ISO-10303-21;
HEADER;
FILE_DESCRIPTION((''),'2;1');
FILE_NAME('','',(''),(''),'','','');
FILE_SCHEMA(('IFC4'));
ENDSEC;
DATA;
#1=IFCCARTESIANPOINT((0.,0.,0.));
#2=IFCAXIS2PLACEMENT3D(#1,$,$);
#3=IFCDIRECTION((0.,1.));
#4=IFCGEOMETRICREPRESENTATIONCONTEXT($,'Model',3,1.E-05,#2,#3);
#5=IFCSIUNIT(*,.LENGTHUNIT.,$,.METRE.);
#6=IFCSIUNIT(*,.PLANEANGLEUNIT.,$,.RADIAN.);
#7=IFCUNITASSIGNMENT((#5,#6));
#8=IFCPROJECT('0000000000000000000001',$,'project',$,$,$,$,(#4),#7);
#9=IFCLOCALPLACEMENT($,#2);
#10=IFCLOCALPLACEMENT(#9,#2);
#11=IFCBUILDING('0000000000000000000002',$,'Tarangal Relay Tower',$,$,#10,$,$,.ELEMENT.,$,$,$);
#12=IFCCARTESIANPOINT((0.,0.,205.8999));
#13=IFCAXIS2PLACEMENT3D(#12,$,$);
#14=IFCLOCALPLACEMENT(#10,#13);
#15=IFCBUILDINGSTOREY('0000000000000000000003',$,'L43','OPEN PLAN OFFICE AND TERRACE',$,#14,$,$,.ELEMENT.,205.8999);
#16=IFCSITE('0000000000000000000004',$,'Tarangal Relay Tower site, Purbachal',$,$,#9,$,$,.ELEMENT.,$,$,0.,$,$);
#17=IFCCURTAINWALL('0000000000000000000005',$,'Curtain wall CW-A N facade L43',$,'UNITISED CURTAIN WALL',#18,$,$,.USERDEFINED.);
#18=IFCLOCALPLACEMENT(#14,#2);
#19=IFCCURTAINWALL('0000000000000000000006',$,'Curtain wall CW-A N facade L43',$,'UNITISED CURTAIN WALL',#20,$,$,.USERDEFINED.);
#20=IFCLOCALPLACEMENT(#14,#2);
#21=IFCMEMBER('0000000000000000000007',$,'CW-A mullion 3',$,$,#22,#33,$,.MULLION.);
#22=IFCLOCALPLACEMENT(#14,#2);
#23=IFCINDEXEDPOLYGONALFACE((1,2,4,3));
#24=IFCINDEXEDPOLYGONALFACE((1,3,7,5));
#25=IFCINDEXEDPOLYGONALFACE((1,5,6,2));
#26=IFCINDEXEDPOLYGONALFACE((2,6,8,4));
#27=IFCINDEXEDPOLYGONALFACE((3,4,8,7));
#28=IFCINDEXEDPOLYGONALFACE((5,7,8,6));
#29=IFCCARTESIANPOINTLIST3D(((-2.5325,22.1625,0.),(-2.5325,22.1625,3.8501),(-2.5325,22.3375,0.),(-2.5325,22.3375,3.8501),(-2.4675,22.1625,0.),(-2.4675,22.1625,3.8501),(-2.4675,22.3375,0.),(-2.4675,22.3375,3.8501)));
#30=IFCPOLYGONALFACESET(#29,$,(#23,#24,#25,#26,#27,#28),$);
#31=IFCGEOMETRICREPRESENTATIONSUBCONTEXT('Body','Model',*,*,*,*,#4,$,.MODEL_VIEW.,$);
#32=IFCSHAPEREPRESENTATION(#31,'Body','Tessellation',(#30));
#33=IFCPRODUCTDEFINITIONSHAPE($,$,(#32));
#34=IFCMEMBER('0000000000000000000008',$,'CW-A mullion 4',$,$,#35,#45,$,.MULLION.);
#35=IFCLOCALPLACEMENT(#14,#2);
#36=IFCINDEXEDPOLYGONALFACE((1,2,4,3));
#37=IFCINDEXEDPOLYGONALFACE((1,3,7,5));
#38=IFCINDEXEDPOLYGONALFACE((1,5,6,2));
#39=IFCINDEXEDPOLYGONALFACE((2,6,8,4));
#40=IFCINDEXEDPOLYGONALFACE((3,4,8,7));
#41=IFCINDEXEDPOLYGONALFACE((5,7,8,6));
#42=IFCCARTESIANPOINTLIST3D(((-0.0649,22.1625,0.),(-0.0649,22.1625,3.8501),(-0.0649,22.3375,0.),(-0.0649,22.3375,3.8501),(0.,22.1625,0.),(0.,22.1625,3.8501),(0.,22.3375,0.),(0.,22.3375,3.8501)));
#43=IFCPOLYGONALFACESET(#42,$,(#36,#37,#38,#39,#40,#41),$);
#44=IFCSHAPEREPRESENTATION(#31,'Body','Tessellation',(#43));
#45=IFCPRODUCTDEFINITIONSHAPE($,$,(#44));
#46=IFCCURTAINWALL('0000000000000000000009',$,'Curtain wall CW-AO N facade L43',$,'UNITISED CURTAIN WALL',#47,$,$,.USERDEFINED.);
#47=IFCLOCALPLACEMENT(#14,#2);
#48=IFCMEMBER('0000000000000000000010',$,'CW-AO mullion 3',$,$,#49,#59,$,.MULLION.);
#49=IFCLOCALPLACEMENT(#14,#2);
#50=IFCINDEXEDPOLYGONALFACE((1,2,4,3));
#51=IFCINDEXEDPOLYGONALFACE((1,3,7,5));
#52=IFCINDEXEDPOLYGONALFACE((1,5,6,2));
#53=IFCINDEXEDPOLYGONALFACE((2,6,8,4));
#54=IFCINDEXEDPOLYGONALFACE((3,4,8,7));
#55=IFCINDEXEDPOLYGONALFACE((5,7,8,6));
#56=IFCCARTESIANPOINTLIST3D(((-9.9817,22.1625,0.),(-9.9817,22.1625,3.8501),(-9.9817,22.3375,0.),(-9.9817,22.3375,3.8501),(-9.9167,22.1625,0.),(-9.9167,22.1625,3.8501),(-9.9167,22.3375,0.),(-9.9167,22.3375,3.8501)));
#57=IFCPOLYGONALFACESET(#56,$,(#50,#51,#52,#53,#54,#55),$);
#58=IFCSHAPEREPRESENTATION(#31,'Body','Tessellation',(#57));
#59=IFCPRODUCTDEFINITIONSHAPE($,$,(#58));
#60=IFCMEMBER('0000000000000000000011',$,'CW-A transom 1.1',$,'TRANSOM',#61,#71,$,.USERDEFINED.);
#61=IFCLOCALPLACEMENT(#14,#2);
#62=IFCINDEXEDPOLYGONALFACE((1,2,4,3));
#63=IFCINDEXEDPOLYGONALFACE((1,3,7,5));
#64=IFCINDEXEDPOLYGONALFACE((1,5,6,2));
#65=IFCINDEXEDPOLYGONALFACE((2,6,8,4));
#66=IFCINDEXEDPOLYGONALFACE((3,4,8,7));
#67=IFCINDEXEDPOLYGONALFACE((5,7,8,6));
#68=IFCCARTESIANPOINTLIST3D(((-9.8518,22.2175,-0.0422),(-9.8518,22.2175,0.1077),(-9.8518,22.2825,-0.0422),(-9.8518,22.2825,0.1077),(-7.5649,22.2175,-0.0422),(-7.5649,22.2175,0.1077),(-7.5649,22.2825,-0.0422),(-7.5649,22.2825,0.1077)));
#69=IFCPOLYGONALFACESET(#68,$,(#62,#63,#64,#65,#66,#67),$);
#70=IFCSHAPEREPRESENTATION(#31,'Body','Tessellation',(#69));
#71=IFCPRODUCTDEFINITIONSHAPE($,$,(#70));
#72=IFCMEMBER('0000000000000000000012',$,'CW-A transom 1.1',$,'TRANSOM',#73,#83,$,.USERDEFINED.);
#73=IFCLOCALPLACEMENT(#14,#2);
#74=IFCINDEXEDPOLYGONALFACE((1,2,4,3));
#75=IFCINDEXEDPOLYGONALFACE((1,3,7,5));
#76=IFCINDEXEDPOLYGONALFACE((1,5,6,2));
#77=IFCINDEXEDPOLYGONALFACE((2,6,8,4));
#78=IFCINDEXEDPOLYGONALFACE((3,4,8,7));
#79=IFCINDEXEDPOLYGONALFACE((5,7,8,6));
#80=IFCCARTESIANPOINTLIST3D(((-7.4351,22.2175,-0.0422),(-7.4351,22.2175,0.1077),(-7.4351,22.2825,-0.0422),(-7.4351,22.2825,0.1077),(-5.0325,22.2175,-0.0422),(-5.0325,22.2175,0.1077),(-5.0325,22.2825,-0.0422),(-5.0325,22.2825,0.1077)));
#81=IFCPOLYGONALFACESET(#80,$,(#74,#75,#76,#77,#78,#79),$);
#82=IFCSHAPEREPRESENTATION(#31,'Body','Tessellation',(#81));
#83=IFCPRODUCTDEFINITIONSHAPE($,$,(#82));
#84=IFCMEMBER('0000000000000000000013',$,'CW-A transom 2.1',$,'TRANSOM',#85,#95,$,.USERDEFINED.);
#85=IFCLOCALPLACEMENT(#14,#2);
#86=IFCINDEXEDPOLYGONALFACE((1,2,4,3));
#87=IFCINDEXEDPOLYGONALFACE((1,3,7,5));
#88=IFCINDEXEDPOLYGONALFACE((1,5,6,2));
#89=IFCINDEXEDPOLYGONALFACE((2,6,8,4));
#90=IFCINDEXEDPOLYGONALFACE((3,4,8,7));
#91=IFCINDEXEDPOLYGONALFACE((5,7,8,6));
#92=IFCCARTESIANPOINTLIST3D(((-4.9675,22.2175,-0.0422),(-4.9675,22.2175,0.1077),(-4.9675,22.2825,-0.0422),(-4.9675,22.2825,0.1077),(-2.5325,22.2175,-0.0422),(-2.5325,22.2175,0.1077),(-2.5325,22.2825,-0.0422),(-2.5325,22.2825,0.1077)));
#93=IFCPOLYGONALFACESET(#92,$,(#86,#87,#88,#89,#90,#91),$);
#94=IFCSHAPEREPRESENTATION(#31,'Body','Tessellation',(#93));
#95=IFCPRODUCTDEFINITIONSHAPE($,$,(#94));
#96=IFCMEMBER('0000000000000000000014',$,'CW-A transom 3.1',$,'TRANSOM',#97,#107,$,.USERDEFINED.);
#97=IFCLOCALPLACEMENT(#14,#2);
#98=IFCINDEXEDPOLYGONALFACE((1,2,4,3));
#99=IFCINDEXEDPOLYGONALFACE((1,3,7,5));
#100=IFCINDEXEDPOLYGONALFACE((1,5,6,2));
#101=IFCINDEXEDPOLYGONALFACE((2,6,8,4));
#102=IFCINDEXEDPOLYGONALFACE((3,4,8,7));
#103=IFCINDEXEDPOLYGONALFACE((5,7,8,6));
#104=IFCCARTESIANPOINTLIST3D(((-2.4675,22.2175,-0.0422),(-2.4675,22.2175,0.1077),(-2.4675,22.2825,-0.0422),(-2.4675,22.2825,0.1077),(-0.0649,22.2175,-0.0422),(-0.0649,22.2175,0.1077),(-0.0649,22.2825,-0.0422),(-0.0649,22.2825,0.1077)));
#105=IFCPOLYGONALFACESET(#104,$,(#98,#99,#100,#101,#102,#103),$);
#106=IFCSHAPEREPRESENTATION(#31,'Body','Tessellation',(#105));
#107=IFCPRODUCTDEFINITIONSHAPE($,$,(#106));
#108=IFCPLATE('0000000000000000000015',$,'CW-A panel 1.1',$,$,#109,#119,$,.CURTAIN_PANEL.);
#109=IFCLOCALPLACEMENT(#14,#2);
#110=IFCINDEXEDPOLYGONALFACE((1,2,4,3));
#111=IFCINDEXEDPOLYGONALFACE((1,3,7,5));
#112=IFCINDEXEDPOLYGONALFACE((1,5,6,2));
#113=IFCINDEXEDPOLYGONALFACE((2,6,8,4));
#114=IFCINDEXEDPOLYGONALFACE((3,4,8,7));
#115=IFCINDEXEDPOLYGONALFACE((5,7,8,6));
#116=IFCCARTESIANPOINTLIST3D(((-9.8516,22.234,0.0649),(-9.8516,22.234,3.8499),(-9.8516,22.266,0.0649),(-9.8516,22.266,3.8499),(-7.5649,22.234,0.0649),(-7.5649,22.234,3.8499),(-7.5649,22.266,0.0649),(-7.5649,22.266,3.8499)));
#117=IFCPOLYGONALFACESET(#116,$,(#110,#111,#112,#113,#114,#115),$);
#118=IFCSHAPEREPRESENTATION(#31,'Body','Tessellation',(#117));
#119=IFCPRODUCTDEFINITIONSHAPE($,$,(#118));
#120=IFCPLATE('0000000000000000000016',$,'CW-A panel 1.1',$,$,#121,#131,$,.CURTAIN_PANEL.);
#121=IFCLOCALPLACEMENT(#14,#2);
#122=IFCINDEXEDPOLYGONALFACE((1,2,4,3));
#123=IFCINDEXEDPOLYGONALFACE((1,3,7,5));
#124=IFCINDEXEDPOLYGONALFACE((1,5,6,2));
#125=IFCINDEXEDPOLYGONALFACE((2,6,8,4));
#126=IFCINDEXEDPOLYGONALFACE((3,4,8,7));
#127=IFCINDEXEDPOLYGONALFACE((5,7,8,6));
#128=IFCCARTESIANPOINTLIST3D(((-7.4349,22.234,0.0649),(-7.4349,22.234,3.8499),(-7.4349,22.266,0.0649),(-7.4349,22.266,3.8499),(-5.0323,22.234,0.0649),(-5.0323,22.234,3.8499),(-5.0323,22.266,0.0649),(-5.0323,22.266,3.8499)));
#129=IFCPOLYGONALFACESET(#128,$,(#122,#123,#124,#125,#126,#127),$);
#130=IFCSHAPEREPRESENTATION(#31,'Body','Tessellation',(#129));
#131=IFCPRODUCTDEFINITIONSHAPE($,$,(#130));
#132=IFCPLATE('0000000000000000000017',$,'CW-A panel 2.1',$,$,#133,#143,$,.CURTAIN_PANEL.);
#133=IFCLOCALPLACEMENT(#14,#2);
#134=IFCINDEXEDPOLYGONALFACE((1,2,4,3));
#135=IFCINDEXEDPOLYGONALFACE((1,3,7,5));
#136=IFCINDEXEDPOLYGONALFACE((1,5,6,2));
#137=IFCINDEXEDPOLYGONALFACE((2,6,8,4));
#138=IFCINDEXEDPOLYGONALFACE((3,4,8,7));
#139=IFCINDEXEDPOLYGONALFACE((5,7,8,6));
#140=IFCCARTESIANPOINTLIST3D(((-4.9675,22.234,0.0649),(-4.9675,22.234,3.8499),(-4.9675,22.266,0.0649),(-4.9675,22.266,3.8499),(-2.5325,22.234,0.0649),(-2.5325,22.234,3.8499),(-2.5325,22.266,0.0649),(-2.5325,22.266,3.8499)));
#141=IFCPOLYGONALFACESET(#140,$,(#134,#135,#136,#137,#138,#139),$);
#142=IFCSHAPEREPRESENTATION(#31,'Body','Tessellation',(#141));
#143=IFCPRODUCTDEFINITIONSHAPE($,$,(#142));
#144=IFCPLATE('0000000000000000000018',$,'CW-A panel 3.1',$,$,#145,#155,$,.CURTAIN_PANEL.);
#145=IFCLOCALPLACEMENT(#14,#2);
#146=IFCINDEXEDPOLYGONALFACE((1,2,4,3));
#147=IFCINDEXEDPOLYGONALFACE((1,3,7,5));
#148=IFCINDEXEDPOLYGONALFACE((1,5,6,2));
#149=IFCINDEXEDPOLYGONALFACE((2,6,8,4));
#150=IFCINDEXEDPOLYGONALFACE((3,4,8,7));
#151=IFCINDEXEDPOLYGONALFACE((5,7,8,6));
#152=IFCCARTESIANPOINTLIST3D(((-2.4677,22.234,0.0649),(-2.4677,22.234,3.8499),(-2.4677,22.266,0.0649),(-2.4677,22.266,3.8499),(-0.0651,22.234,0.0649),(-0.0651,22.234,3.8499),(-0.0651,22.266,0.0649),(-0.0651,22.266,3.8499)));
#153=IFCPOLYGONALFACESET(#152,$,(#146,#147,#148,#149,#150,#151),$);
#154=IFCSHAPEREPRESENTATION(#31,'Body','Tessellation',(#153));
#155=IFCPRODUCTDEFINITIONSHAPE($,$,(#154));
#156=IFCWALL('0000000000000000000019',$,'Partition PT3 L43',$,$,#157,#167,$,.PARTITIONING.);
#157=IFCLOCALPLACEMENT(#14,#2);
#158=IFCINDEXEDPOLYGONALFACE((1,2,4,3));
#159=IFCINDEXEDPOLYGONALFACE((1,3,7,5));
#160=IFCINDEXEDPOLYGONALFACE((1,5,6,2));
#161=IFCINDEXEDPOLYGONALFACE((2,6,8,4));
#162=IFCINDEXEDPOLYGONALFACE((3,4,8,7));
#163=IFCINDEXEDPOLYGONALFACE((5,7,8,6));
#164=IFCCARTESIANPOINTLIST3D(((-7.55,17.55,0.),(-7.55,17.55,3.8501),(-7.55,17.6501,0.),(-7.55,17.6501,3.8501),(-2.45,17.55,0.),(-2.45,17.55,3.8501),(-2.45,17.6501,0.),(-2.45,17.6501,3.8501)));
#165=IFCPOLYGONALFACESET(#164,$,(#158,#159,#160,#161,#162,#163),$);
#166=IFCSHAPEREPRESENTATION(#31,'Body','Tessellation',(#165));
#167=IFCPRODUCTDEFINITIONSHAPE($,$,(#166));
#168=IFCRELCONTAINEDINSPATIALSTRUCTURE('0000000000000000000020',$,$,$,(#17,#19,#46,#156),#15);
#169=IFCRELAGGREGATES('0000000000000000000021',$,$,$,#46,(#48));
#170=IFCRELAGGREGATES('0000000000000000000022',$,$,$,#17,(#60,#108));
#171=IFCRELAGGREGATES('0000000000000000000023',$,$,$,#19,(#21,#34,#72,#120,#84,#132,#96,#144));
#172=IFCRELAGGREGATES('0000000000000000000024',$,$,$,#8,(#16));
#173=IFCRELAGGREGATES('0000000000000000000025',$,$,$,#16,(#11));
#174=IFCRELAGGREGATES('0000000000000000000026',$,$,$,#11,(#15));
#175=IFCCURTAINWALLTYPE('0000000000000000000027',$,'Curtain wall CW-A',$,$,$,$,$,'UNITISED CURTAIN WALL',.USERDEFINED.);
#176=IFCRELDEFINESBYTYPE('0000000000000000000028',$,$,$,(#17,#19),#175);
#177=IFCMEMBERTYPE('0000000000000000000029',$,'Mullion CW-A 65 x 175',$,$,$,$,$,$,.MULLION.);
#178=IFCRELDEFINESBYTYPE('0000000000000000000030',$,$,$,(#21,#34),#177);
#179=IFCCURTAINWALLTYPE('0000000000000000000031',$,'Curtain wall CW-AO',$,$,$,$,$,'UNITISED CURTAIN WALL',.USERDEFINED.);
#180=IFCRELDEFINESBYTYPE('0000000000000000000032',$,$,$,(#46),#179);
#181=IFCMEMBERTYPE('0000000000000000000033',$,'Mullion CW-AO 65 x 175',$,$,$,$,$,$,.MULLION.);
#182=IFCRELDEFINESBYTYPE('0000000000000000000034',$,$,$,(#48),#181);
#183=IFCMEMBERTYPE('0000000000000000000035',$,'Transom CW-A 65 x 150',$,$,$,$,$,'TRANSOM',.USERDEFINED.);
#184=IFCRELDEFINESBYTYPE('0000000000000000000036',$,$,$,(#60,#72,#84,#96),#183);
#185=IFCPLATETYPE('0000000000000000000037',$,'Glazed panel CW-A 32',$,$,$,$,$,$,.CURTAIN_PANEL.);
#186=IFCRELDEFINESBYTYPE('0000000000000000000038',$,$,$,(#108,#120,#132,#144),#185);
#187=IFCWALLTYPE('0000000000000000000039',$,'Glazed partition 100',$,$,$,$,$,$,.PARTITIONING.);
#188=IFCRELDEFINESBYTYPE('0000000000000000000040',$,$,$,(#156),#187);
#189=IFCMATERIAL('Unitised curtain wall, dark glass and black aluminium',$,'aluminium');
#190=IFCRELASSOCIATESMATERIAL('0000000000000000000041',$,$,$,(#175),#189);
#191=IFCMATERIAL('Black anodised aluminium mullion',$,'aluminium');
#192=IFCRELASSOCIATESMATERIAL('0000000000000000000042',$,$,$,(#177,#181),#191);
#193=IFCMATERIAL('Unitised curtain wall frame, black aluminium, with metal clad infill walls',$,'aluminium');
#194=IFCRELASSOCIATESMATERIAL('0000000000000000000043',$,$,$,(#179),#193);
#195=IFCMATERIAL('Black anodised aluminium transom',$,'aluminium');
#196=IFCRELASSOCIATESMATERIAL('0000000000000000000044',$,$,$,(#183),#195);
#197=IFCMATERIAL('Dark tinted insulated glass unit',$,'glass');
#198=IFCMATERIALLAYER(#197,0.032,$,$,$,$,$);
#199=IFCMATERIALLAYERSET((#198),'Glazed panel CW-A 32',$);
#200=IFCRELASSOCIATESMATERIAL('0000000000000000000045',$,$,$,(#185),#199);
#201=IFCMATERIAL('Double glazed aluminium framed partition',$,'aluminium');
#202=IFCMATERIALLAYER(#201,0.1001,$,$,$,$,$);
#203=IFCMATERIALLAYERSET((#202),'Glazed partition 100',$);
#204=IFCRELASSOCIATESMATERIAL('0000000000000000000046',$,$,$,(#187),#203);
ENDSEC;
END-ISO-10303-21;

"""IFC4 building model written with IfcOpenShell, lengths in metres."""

from ifc_helpers import new_model, si_unit, direction, frame, frame_2d, origin, origin_2d, place, context, subcontext, project, spatial, rectangle, extrude, material, layer, layer_set, material_profile, profile_set, type_object, element, aggregate, save


model = new_model("IFC4")

# Units and contexts
model_context = context("Model", 3, precision=1e-05, world=origin(), true_north=direction((0.0, 1.0)))
body_context = subcontext(model_context, "Body", "Model", "MODEL_VIEW")
ifc_project = project(units=[si_unit("LENGTHUNIT", "METRE"), si_unit("PLANEANGLEUNIT", "RADIAN")], contexts=[model_context])

# Site, building, storey
site_placement = place(None, origin())
site = spatial("IfcSite", under=ifc_project, at=site_placement, Name="Tarangal Relay Tower site, Purbachal", CompositionType="ELEMENT", RefElevation=0.0)
building_placement = place(site_placement, origin())
building = spatial("IfcBuilding", under=site, at=building_placement, Name="Tarangal Relay Tower", CompositionType="ELEMENT")
storey_placement = place(building_placement, frame((0.0, 0.0, 205.8999)))
storey = spatial("IfcBuildingStorey", under=building, at=storey_placement, Name="L43", Description="OPEN PLAN OFFICE AND TERRACE", CompositionType="ELEMENT", Elevation=205.8999)

# Curtain walls, members
ifc_material_1 = material(Name="Unitised curtain wall, dark glass and black aluminium", Category="aluminium")
curtain_wall_type_1 = type_object("IfcCurtainWallType", Name="Curtain wall CW-A", ElementType="UNITISED CURTAIN WALL", PredefinedType="USERDEFINED", material=ifc_material_1)
curtain_wall_1_placement = place(storey_placement, origin())
curtain_wall_1 = element("IfcCurtainWall", 1, at=curtain_wall_1_placement, inside=storey, type_object=curtain_wall_type_1, Name="Curtain wall CW-A N facade L43", ObjectType="UNITISED CURTAIN WALL", PredefinedType="USERDEFINED")
ifc_material_2 = material(Name="Black anodised aluminium mullion", Category="aluminium")
ifc_material_profile_1 = material_profile(ifc_material_2, rectangle(XDim=0.175, YDim=0.0649, at=origin_2d()), Name="CW-AM 65X175")
ifc_profile_set_1 = profile_set([ifc_material_profile_1], Name="Black anodised aluminium mullion")
member_type_1 = type_object("IfcMemberType", Name="Mullion CW-A 65 x 175", PredefinedType="MULLION", material=ifc_profile_set_1)
curtain_wall_2_placement = place(storey_placement, origin())
curtain_wall_2 = element("IfcCurtainWall", 2, at=curtain_wall_2_placement, inside=storey, type_object=curtain_wall_type_1, Name="Curtain wall CW-A N facade L43", ObjectType="UNITISED CURTAIN WALL", PredefinedType="USERDEFINED")
member_1_placement = place(storey_placement, frame((-2.5, 22.25, 0.0), z_axis=(0.0, 0.0, 1.0), x_axis=(0.0, 1.0, 0.0)))
member_1 = element("IfcMember", 3, at=member_1_placement, type_object=member_type_1, Name="CW-A mullion 3", PredefinedType="MULLION", context=body_context, shape_type="SweptSolid", body=[
    extrude(rectangle(XDim=0.175, YDim=0.0649, at=origin_2d()), origin(), (0.0, 0.0, 1.0), 3.8501),
])
member_2_placement = place(storey_placement, frame((-0.0325, 22.25, 0.0), z_axis=(0.0, 0.0, 1.0), x_axis=(0.0, 1.0, 0.0)))
member_2 = element("IfcMember", 4, at=member_2_placement, type_object=member_type_1, Name="CW-A mullion 4", PredefinedType="MULLION", context=body_context, shape_type="SweptSolid", body=[
    extrude(rectangle(XDim=0.175, YDim=0.0649, at=origin_2d()), origin(), (0.0, 0.0, 1.0), 3.8501),
])

# Curtain wall, member
ifc_material_3 = material(Name="Unitised curtain wall frame, black aluminium, with metal clad infill walls", Category="aluminium")
curtain_wall_type_2 = type_object("IfcCurtainWallType", Name="Curtain wall CW-AO", ElementType="UNITISED CURTAIN WALL", PredefinedType="USERDEFINED", material=ifc_material_3)
curtain_wall_3_placement = place(storey_placement, origin())
curtain_wall_3 = element("IfcCurtainWall", 5, at=curtain_wall_3_placement, inside=storey, type_object=curtain_wall_type_2, Name="Curtain wall CW-AO N facade L43", ObjectType="UNITISED CURTAIN WALL", PredefinedType="USERDEFINED")
ifc_material_profile_2 = material_profile(ifc_material_2, rectangle(XDim=0.175, YDim=0.0649, at=origin_2d()), Name="CW-AOM 65X175")
ifc_profile_set_2 = profile_set([ifc_material_profile_2], Name="Black anodised aluminium mullion")
member_type_2 = type_object("IfcMemberType", Name="Mullion CW-AO 65 x 175", PredefinedType="MULLION", material=ifc_profile_set_2)
member_3_placement = place(storey_placement, frame((-9.9492, 22.25, 0.0), z_axis=(0.0, 0.0, 1.0), x_axis=(0.0, 1.0, 0.0)))
member_3 = element("IfcMember", 6, at=member_3_placement, type_object=member_type_2, Name="CW-AO mullion 3", PredefinedType="MULLION", context=body_context, shape_type="SweptSolid", body=[
    extrude(rectangle(XDim=0.175, YDim=0.0649, at=origin_2d()), origin(), (0.0, 0.0, 1.0), 3.8501),
])
aggregate(curtain_wall_3, [member_3])

# Members
ifc_material_4 = material(Name="Black anodised aluminium transom", Category="aluminium")
ifc_material_profile_3 = material_profile(ifc_material_4, rectangle(XDim=0.0649, YDim=0.1499, at=origin_2d()), Name="CW-AT 65X150")
ifc_profile_set_3 = profile_set([ifc_material_profile_3], Name="Black anodised aluminium transom")
member_type_3 = type_object("IfcMemberType", Name="Transom CW-A 65 x 150", ElementType="TRANSOM", PredefinedType="USERDEFINED", material=ifc_profile_set_3)
member_4_placement = place(storey_placement, frame((-9.8518, 22.25, 0.0327), z_axis=(1.0, 0.0, 0.0), x_axis=(0.0, 1.0, 0.0)))
member_4 = element("IfcMember", 7, at=member_4_placement, type_object=member_type_3, Name="CW-A transom 1.1", ObjectType="TRANSOM", PredefinedType="USERDEFINED", context=body_context, shape_type="SweptSolid", body=[
    extrude(rectangle(XDim=0.0649, YDim=0.1499, at=origin_2d()), origin(), (0.0, 0.0, 1.0), 2.2869),
])
member_5_placement = place(storey_placement, frame((-7.4351, 22.25, 0.0327), z_axis=(1.0, 0.0, 0.0), x_axis=(0.0, 1.0, 0.0)))
member_5 = element("IfcMember", 8, at=member_5_placement, type_object=member_type_3, Name="CW-A transom 1.1", ObjectType="TRANSOM", PredefinedType="USERDEFINED", context=body_context, shape_type="SweptSolid", body=[
    extrude(rectangle(XDim=0.0649, YDim=0.1499, at=origin_2d()), origin(), (0.0, 0.0, 1.0), 2.4026),
])
member_6_placement = place(storey_placement, frame((-4.9675, 22.25, 0.0327), z_axis=(1.0, 0.0, 0.0), x_axis=(0.0, 1.0, 0.0)))
member_6 = element("IfcMember", 9, at=member_6_placement, type_object=member_type_3, Name="CW-A transom 2.1", ObjectType="TRANSOM", PredefinedType="USERDEFINED", context=body_context, shape_type="SweptSolid", body=[
    extrude(rectangle(XDim=0.0649, YDim=0.1499, at=origin_2d()), origin(), (0.0, 0.0, 1.0), 2.4351),
])
member_7_placement = place(storey_placement, frame((-2.4675, 22.25, 0.0327), z_axis=(1.0, 0.0, 0.0), x_axis=(0.0, 1.0, 0.0)))
member_7 = element("IfcMember", 10, at=member_7_placement, type_object=member_type_3, Name="CW-A transom 3.1", ObjectType="TRANSOM", PredefinedType="USERDEFINED", context=body_context, shape_type="SweptSolid", body=[
    extrude(rectangle(XDim=0.0649, YDim=0.1499, at=origin_2d()), origin(), (0.0, 0.0, 1.0), 2.4026),
])

# Plates
ifc_material_5 = material(Name="Dark tinted insulated glass unit", Category="glass")
ifc_layer_1 = layer(ifc_material_5, 0.032)
ifc_layer_set_1 = layer_set([ifc_layer_1], Name="Glazed panel CW-A 32")
plate_type = type_object("IfcPlateType", Name="Glazed panel CW-A 32", PredefinedType="CURTAIN_PANEL", material=ifc_layer_set_1)
plate_1_placement = place(storey_placement, frame((-8.7083, 22.25, 0.0649), z_axis=(0.0, 0.0, 1.0), x_axis=(1.0, 0.0, 0.0)))
plate_1 = element("IfcPlate", 11, at=plate_1_placement, type_object=plate_type, Name="CW-A panel 1.1", PredefinedType="CURTAIN_PANEL", context=body_context, shape_type="SweptSolid", body=[
    extrude(rectangle(XDim=2.2866, YDim=0.032, at=origin_2d()), origin(), (0.0, 0.0, 1.0), 3.7849),
])
aggregate(curtain_wall_1, [member_4, plate_1])
plate_2_placement = place(storey_placement, frame((-6.2336, 22.25, 0.0649), z_axis=(0.0, 0.0, 1.0), x_axis=(1.0, 0.0, 0.0)))
plate_2 = element("IfcPlate", 12, at=plate_2_placement, type_object=plate_type, Name="CW-A panel 1.1", PredefinedType="CURTAIN_PANEL", context=body_context, shape_type="SweptSolid", body=[
    extrude(rectangle(XDim=2.4026, YDim=0.032, at=origin_2d()), origin(), (0.0, 0.0, 1.0), 3.7849),
])
plate_3_placement = place(storey_placement, frame((-3.75, 22.25, 0.0649), z_axis=(0.0, 0.0, 1.0), x_axis=(1.0, 0.0, 0.0)))
plate_3 = element("IfcPlate", 13, at=plate_3_placement, type_object=plate_type, Name="CW-A panel 2.1", PredefinedType="CURTAIN_PANEL", context=body_context, shape_type="SweptSolid", body=[
    extrude(rectangle(XDim=2.4351, YDim=0.032, at=origin_2d()), origin(), (0.0, 0.0, 1.0), 3.7849),
])
plate_4_placement = place(storey_placement, frame((-1.2664, 22.25, 0.0649), z_axis=(0.0, 0.0, 1.0), x_axis=(1.0, 0.0, 0.0)))
plate_4 = element("IfcPlate", 14, at=plate_4_placement, type_object=plate_type, Name="CW-A panel 3.1", PredefinedType="CURTAIN_PANEL", context=body_context, shape_type="SweptSolid", body=[
    extrude(rectangle(XDim=2.4026, YDim=0.032, at=origin_2d()), origin(), (0.0, 0.0, 1.0), 3.7849),
])
aggregate(curtain_wall_2, [member_1, member_2, member_5, plate_2, member_6, plate_3, member_7, plate_4])

# Wall
ifc_material_6 = material(Name="Double glazed aluminium framed partition", Category="aluminium")
ifc_layer_2 = layer(ifc_material_6, 0.1001)
ifc_layer_set_2 = layer_set([ifc_layer_2], Name="Glazed partition 100")
wall_type_1 = type_object("IfcWallType", Name="Glazed partition 100", PredefinedType="PARTITIONING", material=ifc_layer_set_2)
wall_1_placement = place(storey_placement, frame((-7.55, 17.6001, 0.0), z_axis=(0.0, 0.0, 1.0), x_axis=(1.0, 0.0, 0.0)))
element("IfcWall", 15, at=wall_1_placement, inside=storey, type_object=wall_type_1, Name="Partition PT3 L43", PredefinedType="PARTITIONING", context=body_context, shape_type="SweptSolid", body=[
    extrude(rectangle(XDim=5.1001, YDim=0.1001, at=frame_2d((2.55, 0.0))), origin(), (0.0, 0.0, 1.0), 3.8501),
])

save(model, "model.ifc")
